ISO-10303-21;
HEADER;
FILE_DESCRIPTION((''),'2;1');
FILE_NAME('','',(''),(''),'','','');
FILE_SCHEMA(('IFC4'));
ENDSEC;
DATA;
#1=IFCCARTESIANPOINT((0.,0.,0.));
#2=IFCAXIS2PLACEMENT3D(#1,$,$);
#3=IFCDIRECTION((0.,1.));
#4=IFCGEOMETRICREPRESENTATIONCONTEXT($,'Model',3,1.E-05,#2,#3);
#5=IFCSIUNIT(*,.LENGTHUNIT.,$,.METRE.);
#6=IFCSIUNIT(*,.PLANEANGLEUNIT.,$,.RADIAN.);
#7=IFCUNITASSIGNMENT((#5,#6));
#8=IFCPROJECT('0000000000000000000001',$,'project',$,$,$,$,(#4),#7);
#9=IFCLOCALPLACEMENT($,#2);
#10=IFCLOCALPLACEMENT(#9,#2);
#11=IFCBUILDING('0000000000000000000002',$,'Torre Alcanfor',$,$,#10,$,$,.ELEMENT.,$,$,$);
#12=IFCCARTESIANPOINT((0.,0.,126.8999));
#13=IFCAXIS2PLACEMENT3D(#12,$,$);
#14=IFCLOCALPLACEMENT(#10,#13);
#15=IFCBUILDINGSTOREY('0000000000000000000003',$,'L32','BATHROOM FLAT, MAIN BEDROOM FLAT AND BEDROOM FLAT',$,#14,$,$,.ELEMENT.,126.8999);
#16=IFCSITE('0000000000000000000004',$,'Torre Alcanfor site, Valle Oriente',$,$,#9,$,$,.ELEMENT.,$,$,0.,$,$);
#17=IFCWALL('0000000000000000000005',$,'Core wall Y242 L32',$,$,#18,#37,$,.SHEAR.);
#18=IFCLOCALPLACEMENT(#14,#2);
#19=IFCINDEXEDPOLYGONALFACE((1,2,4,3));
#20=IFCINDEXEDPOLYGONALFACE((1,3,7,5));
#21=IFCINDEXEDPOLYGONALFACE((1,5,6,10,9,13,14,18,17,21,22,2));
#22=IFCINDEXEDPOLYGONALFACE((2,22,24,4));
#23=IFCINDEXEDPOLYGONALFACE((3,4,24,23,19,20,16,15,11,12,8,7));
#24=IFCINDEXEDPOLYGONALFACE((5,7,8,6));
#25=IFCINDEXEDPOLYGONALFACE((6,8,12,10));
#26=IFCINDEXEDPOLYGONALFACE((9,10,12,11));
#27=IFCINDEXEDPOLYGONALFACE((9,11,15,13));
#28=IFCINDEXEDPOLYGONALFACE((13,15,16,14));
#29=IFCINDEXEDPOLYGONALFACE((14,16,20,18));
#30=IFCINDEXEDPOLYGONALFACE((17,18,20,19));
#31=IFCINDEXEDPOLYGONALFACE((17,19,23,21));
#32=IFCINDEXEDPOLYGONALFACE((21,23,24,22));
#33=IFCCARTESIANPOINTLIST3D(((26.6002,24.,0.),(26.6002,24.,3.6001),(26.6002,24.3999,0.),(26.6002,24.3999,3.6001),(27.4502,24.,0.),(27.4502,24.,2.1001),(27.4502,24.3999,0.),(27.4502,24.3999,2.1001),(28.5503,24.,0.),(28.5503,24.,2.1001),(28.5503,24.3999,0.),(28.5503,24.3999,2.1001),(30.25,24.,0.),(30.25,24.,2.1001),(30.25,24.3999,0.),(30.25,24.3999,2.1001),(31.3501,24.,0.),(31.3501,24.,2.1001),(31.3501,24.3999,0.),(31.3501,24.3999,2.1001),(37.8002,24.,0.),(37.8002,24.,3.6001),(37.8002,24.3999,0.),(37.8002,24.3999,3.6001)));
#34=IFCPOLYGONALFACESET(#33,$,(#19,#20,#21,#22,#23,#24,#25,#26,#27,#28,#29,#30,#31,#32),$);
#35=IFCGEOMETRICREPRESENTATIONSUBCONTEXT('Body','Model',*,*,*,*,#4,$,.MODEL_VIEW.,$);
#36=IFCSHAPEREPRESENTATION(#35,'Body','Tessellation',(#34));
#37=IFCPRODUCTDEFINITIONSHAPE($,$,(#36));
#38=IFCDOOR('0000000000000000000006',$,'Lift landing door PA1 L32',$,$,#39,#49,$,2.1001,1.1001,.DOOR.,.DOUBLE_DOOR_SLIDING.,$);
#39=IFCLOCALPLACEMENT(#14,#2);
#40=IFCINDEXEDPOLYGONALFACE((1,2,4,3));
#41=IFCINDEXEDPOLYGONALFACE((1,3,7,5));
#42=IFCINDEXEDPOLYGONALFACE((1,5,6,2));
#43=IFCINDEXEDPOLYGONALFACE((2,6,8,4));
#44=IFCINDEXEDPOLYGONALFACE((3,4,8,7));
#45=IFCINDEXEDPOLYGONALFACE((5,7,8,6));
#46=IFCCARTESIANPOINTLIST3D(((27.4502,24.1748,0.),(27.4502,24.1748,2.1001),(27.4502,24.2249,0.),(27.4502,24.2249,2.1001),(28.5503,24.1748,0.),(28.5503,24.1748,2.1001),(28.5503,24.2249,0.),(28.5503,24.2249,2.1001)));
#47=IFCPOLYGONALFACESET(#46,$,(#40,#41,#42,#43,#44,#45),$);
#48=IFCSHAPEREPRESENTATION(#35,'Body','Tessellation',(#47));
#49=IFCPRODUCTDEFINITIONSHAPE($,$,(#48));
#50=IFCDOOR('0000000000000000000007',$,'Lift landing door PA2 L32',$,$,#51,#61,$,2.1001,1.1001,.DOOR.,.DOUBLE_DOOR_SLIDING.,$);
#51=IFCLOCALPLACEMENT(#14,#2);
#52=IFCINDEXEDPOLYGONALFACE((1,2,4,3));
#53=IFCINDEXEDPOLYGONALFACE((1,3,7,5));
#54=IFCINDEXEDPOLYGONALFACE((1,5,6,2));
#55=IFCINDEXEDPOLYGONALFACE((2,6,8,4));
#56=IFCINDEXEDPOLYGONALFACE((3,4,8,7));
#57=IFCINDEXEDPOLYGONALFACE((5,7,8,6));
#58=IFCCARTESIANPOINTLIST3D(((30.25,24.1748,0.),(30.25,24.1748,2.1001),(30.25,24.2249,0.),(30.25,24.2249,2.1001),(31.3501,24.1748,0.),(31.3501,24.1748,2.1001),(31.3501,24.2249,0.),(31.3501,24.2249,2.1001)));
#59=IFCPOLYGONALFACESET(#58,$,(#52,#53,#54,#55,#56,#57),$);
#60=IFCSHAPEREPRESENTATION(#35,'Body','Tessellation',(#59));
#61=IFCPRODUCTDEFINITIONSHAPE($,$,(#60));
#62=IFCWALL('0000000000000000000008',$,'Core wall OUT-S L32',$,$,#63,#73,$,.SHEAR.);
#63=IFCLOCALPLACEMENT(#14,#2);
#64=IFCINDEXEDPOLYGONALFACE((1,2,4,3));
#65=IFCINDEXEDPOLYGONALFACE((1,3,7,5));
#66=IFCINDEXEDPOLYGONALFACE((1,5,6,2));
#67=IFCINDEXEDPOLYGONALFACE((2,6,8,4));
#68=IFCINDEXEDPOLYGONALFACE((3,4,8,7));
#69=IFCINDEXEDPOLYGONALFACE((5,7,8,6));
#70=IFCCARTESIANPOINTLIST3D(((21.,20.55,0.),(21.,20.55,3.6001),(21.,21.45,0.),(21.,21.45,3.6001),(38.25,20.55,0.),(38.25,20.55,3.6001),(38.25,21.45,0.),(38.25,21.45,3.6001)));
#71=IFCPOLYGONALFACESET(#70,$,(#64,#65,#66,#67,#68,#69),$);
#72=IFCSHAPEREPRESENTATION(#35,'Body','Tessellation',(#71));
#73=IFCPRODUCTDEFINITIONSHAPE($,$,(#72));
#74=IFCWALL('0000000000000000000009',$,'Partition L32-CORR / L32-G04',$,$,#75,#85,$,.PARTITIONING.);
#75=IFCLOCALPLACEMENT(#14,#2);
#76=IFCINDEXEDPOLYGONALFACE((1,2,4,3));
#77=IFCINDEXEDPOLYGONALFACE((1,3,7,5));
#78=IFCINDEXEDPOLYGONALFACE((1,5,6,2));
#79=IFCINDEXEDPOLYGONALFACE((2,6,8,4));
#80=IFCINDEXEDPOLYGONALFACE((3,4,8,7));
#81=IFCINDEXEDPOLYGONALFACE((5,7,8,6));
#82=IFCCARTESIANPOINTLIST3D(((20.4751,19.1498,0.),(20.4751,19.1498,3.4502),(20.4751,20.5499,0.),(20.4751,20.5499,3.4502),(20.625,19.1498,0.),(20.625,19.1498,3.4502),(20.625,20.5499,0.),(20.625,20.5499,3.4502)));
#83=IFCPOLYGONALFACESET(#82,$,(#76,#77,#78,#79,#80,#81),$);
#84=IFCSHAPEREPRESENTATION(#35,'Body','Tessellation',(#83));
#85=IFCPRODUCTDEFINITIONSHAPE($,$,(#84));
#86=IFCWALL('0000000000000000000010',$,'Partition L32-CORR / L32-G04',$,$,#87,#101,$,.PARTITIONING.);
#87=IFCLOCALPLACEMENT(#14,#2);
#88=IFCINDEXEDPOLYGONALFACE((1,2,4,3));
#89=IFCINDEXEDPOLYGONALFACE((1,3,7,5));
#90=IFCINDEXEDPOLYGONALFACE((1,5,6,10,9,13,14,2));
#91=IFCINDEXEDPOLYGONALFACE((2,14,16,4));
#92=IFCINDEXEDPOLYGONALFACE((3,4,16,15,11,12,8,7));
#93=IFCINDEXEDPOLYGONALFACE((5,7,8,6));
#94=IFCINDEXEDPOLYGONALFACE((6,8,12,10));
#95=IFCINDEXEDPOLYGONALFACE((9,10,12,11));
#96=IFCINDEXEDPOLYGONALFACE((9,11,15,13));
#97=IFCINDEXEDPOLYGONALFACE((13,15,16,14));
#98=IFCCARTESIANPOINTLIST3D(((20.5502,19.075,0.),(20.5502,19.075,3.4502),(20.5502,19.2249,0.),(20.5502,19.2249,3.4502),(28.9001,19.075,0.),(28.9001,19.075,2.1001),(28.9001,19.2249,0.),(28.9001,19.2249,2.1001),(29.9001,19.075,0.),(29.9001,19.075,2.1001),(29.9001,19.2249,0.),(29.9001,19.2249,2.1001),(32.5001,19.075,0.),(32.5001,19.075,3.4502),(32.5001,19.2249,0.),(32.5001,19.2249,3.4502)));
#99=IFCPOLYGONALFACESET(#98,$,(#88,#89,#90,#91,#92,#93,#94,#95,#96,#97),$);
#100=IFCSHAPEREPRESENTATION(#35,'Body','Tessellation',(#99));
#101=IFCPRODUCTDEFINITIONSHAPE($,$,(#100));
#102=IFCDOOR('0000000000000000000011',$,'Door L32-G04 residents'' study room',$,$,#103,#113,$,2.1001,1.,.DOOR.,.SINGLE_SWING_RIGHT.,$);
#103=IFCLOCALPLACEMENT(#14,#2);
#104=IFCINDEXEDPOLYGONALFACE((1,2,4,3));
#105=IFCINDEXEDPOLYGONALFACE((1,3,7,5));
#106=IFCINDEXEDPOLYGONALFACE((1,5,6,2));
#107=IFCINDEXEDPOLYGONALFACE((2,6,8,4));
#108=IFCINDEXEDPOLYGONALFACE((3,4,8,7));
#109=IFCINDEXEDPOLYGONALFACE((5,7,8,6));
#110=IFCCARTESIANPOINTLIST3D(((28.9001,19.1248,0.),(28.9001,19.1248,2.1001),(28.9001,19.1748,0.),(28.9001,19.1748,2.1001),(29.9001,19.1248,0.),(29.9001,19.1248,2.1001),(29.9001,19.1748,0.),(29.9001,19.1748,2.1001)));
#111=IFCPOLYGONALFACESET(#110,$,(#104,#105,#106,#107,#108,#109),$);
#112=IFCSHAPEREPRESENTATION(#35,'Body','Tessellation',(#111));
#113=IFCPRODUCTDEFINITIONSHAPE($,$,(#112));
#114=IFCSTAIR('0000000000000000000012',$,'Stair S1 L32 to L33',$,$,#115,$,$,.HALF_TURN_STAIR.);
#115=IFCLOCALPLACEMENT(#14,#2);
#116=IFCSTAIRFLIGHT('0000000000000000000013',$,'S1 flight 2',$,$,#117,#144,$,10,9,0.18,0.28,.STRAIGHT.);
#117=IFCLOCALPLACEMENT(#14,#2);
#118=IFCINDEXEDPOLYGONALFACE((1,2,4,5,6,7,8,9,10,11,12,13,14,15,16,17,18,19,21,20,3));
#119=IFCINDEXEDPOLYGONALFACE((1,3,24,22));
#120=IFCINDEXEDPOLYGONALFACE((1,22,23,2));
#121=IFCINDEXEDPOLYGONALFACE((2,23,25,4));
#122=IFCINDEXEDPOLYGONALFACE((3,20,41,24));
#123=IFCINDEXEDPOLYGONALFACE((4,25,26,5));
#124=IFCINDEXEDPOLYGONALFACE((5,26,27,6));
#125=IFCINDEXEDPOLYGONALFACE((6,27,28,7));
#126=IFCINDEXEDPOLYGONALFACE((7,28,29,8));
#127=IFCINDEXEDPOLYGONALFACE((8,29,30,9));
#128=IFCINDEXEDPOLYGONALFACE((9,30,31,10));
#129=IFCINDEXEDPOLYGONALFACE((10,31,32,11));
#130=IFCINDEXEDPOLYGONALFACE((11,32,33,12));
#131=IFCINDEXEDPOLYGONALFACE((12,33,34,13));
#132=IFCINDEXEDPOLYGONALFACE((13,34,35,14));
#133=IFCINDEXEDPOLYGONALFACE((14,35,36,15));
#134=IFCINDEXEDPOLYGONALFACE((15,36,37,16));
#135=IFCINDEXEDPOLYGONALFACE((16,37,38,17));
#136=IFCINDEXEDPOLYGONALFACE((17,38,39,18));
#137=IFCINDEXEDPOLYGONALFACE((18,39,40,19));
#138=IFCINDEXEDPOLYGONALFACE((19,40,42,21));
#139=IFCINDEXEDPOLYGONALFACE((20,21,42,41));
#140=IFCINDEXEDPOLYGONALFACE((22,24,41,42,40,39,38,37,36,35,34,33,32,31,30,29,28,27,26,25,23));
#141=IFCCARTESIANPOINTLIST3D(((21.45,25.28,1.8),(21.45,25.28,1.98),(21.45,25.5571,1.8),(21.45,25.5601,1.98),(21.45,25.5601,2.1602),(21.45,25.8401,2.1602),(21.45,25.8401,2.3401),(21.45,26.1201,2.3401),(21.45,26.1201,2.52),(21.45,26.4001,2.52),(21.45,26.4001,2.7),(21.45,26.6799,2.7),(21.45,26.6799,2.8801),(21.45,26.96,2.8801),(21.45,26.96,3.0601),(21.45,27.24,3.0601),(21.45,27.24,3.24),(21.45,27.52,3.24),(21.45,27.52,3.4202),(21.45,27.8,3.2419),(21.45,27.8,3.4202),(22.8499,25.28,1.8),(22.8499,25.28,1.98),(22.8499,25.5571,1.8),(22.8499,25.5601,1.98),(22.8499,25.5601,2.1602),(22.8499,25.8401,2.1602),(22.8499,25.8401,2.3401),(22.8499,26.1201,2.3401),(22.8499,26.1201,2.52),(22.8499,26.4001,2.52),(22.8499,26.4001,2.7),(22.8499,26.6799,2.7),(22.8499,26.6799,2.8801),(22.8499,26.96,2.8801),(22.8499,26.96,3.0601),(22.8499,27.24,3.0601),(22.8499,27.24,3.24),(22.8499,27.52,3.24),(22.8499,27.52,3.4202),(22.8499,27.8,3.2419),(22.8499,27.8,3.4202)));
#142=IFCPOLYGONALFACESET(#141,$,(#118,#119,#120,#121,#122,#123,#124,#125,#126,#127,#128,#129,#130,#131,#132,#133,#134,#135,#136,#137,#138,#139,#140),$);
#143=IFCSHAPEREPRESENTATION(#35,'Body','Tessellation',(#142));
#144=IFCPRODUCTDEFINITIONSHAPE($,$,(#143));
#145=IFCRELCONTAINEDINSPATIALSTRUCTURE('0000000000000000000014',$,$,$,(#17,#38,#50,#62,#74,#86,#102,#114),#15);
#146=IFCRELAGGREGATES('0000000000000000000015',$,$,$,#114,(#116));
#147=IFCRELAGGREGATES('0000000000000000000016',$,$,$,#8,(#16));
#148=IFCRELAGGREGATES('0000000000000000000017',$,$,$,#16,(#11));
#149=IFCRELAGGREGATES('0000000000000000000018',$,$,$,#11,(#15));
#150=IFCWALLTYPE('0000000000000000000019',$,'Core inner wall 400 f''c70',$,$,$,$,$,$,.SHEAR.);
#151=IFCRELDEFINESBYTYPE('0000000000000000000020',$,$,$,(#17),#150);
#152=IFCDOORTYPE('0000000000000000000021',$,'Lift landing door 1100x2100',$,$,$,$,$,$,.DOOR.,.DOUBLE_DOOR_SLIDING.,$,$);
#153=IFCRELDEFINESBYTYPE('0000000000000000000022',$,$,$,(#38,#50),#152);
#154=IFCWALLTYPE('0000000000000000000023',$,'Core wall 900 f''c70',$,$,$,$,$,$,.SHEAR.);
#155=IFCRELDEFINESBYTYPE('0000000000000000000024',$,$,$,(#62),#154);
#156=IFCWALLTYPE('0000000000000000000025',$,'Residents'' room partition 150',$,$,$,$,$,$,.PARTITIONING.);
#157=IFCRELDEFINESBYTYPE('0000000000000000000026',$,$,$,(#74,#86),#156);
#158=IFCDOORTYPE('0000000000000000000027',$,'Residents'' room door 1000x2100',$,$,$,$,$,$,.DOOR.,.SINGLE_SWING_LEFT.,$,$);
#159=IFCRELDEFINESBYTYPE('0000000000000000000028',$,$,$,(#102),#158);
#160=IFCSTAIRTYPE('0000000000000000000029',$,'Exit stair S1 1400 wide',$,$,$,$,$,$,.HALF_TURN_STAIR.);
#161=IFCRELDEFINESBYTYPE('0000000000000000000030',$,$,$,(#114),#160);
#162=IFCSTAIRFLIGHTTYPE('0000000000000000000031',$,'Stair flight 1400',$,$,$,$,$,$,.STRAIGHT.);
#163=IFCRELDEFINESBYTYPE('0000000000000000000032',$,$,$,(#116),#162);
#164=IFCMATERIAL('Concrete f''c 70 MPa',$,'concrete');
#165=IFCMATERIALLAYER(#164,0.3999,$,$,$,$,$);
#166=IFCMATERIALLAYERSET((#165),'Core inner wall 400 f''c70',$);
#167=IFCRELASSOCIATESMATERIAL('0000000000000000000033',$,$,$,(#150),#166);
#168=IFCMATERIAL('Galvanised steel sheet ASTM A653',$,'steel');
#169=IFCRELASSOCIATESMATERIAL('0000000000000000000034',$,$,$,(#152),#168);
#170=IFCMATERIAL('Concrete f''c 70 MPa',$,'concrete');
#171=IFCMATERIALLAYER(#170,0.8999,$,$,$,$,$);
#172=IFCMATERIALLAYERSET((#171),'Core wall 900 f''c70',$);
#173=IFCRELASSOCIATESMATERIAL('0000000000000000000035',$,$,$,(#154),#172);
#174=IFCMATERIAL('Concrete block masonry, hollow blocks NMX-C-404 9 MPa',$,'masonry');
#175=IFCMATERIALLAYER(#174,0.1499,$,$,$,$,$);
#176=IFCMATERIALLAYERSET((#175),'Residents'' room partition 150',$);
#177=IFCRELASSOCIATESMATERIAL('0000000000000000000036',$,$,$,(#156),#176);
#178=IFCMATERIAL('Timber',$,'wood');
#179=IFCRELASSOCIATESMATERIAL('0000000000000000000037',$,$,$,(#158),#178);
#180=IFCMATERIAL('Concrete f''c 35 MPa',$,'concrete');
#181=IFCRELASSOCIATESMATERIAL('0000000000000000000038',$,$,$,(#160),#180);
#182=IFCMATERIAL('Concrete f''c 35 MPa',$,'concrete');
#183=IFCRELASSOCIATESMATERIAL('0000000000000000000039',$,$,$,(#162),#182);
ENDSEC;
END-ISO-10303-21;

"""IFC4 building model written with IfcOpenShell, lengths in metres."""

from ifc_helpers import new_model, si_unit, direction, frame, frame_2d, origin, place, context, subcontext, project, spatial, polyline, rectangle, outline, extrude, material, layer, layer_set, type_object, element, fill, aggregate, save


model = new_model("IFC4")

# Units and contexts
model_context = context("Model", 3, precision=1e-05, world=origin(), true_north=direction((0.0, 1.0)))
body_context = subcontext(model_context, "Body", "Model", "MODEL_VIEW")
ifc_project = project(units=[si_unit("LENGTHUNIT", "METRE"), si_unit("PLANEANGLEUNIT", "RADIAN")], contexts=[model_context])

# Site, building, storey
site_placement = place(None, origin())
site = spatial("IfcSite", under=ifc_project, at=site_placement, Name="Torre Alcanfor site, Valle Oriente", CompositionType="ELEMENT", RefElevation=0.0)
building_placement = place(site_placement, origin())
building = spatial("IfcBuilding", under=site, at=building_placement, Name="Torre Alcanfor", CompositionType="ELEMENT")
storey_placement = place(building_placement, frame((0.0, 0.0, 126.8999)))
storey = spatial("IfcBuildingStorey", under=building, at=storey_placement, Name="L32", Description="BATHROOM FLAT, MAIN BEDROOM FLAT AND BEDROOM FLAT", CompositionType="ELEMENT", Elevation=126.8999)

# Shared definitions
ifc_material_1 = material(Name="Concrete f'c 70 MPa", Category="concrete")
ifc_layer_1 = layer(ifc_material_1, 0.3999)
ifc_layer_set_1 = layer_set([ifc_layer_1], Name="Core inner wall 400 f'c70")
wall_type_1 = type_object("IfcWallType", Name="Core inner wall 400 f'c70", PredefinedType="SHEAR", material=ifc_layer_set_1)

# Wall, openings, doors
wall_1_placement = place(storey_placement, frame((26.6001, 24.2, 0.0), z_axis=(0.0, 0.0, 1.0), x_axis=(1.0, 0.0, 0.0)))
wall_1 = element("IfcWall", 1, at=wall_1_placement, inside=storey, type_object=wall_type_1, Name="Core wall Y242 L32", PredefinedType="SHEAR", context=body_context, shape_type="SweptSolid", body=[
    extrude(rectangle(XDim=11.2, YDim=0.3999, at=frame_2d((5.6001, 0.0))), origin(), (0.0, 0.0, 1.0), 3.6001),
])
opening_1_placement = place(wall_1_placement, frame((0.8501, 0.0, 0.0)))
opening_1 = element("IfcOpeningElement", 2, at=opening_1_placement, cuts=wall_1, PredefinedType="OPENING", context=body_context, shape_type="SweptSolid", body=[
    extrude(rectangle(XDim=1.1001, YDim=2.1001, at=frame_2d((0.55, 1.05))), frame((0.0, 0.21, 0.0), z_axis=(0.0, -1.0, 0.0), x_axis=(1.0, 0.0, 0.0)), (0.0, 0.0, 1.0), 0.4199),
])
opening_2_placement = place(wall_1_placement, frame((3.6499, 0.0, 0.0)))
opening_2 = element("IfcOpeningElement", 3, at=opening_2_placement, cuts=wall_1, PredefinedType="OPENING", context=body_context, shape_type="SweptSolid", body=[
    extrude(rectangle(XDim=1.1001, YDim=2.1001, at=frame_2d((0.55, 1.05))), frame((0.0, 0.21, 0.0), z_axis=(0.0, -1.0, 0.0), x_axis=(1.0, 0.0, 0.0)), (0.0, 0.0, 1.0), 0.4199),
])
ifc_material_2 = material(Name="Galvanised steel sheet ASTM A653", Category="steel")
door_type_1 = type_object("IfcDoorType", Name="Lift landing door 1100x2100", OperationType="DOUBLE_DOOR_SLIDING", PredefinedType="DOOR", material=ifc_material_2)
door_1_placement = place(opening_1_placement, origin())
door_1 = element("IfcDoor", 4, at=door_1_placement, inside=storey, type_object=door_type_1, Name="Lift landing door PA1 L32", OperationType="DOUBLE_DOOR_SLIDING", OverallHeight=2.1001, OverallWidth=1.1001, PredefinedType="DOOR", context=body_context, shape_type="SweptSolid", body=[
    extrude(rectangle(XDim=1.1001, YDim=2.1001, at=frame_2d((0.55, 1.05))), frame((0.0, 0.0249, 0.0), z_axis=(0.0, -1.0, 0.0), x_axis=(1.0, 0.0, 0.0)), (0.0, 0.0, 1.0), 0.05),
])
fill(opening_1, door_1)
door_2_placement = place(opening_2_placement, origin())
door_2 = element("IfcDoor", 5, at=door_2_placement, inside=storey, type_object=door_type_1, Name="Lift landing door PA2 L32", OperationType="DOUBLE_DOOR_SLIDING", OverallHeight=2.1001, OverallWidth=1.1001, PredefinedType="DOOR", context=body_context, shape_type="SweptSolid", body=[
    extrude(rectangle(XDim=1.1001, YDim=2.1001, at=frame_2d((0.55, 1.05))), frame((0.0, 0.0249, 0.0), z_axis=(0.0, -1.0, 0.0), x_axis=(1.0, 0.0, 0.0)), (0.0, 0.0, 1.0), 0.05),
])
fill(opening_2, door_2)

# Walls
ifc_material_3 = material(Name="Concrete f'c 70 MPa", Category="concrete")
ifc_layer_2 = layer(ifc_material_3, 0.8999)
ifc_layer_set_2 = layer_set([ifc_layer_2], Name="Core wall 900 f'c70")
wall_type_2 = type_object("IfcWallType", Name="Core wall 900 f'c70", PredefinedType="SHEAR", material=ifc_layer_set_2)
wall_2_placement = place(storey_placement, frame((21.0, 21.0, 0.0), z_axis=(0.0, 0.0, 1.0), x_axis=(1.0, 0.0, 0.0)))
element("IfcWall", 6, at=wall_2_placement, inside=storey, type_object=wall_type_2, Name="Core wall OUT-S L32", PredefinedType="SHEAR", context=body_context, shape_type="SweptSolid", body=[
    extrude(rectangle(XDim=17.25, YDim=0.8999, at=frame_2d((8.625, 0.0))), origin(), (0.0, 0.0, 1.0), 3.6001),
])
ifc_material_4 = material(Name="Concrete block masonry, hollow blocks NMX-C-404 9 MPa", Category="masonry")
ifc_layer_3 = layer(ifc_material_4, 0.1499)
ifc_layer_set_3 = layer_set([ifc_layer_3], Name="Residents' room partition 150")
wall_type_3 = type_object("IfcWallType", Name="Residents' room partition 150", PredefinedType="PARTITIONING", material=ifc_layer_set_3)
wall_3_placement = place(storey_placement, frame((20.55, 20.55, 0.0), z_axis=(0.0, 0.0, 1.0), x_axis=(0.0, -1.0, 0.0)))
element("IfcWall", 7, at=wall_3_placement, inside=storey, type_object=wall_type_3, Name="Partition L32-CORR / L32-G04", PredefinedType="PARTITIONING", context=body_context, shape_type="SweptSolid", body=[
    extrude(rectangle(XDim=1.4001, YDim=0.1499, at=frame_2d((0.7002, 0.0))), origin(), (0.0, 0.0, 1.0), 3.4502),
])

# Wall, opening, door
wall_4_placement = place(storey_placement, frame((20.55, 19.1499, 0.0), z_axis=(0.0, 0.0, 1.0), x_axis=(1.0, 0.0, 0.0)))
wall_4 = element("IfcWall", 8, at=wall_4_placement, inside=storey, type_object=wall_type_3, Name="Partition L32-CORR / L32-G04", PredefinedType="PARTITIONING", context=body_context, shape_type="SweptSolid", body=[
    extrude(rectangle(XDim=11.95, YDim=0.1499, at=frame_2d((5.9751, 0.0))), origin(), (0.0, 0.0, 1.0), 3.4502),
])
opening_3_placement = place(wall_4_placement, frame((8.3501, 0.0, 0.0)))
opening_3 = element("IfcOpeningElement", 9, at=opening_3_placement, cuts=wall_4, PredefinedType="OPENING", context=body_context, shape_type="SweptSolid", body=[
    extrude(rectangle(XDim=1.0, YDim=2.1001, at=frame_2d((0.5, 1.05))), frame((0.0, 0.085, 0.0), z_axis=(0.0, -1.0, 0.0), x_axis=(1.0, 0.0, 0.0)), (0.0, 0.0, 1.0), 0.1699),
])
ifc_material_5 = material(Name="Timber", Category="wood")
door_type_2 = type_object("IfcDoorType", Name="Residents' room door 1000x2100", OperationType="SINGLE_SWING_LEFT", PredefinedType="DOOR", material=ifc_material_5)
door_3_placement = place(opening_3_placement, origin())
door_3 = element("IfcDoor", 10, at=door_3_placement, inside=storey, type_object=door_type_2, Name="Door L32-G04 residents' study room", OperationType="SINGLE_SWING_RIGHT", OverallHeight=2.1001, OverallWidth=1.0, PredefinedType="DOOR", context=body_context, shape_type="SweptSolid", body=[
    extrude(rectangle(XDim=1.0, YDim=2.1001, at=frame_2d((0.5, 1.05))), frame((0.0, 0.0249, 0.0), z_axis=(0.0, -1.0, 0.0), x_axis=(1.0, 0.0, 0.0)), (0.0, 0.0, 1.0), 0.05),
])
fill(opening_3, door_3)

# Stair, stair flight
ifc_material_6 = material(Name="Concrete f'c 35 MPa", Category="concrete")
stair_type = type_object("IfcStairType", Name="Exit stair S1 1400 wide", PredefinedType="HALF_TURN_STAIR", material=ifc_material_6)
stair_placement = place(storey_placement, origin())
stair = element("IfcStair", 11, at=stair_placement, inside=storey, type_object=stair_type, Name="Stair S1 L32 to L33", PredefinedType="HALF_TURN_STAIR")
ifc_material_7 = material(Name="Concrete f'c 35 MPa", Category="concrete")
stair_flight_type = type_object("IfcStairFlightType", Name="Stair flight 1400", PredefinedType="STRAIGHT", material=ifc_material_7)
stair_flight_placement = place(storey_placement, frame((22.1499, 25.28, 1.8), z_axis=(0.0, 0.0, 1.0), x_axis=(0.0, 1.0, 0.0)))
stair_flight = element("IfcStairFlight", 12, at=stair_flight_placement, type_object=stair_flight_type, Name="S1 flight 2", NumberOfRisers=10, NumberOfTreads=9, PredefinedType="STRAIGHT", RiserHeight=0.18, TreadLength=0.28, context=body_context, shape_type="SweptSolid", body=[
    extrude(outline(polyline([(0.0, 0.0), (0.0, 0.1799), (0.28, 0.1799), (0.28, 0.3601), (0.5601, 0.3601), (0.5601, 0.54), (0.8401, 0.54), (0.8401, 0.72), (1.1201, 0.72), (1.1201, 0.8999), (1.3999, 0.8999), (1.3999, 1.0801), (1.6799, 1.0801), (1.6799, 1.26), (1.96, 1.26), (1.96, 1.4399), (2.24, 1.4399), (2.24, 1.6201), (2.52, 1.6201), (2.52, 1.8), (2.52, 1.4419), (0.2771, 0.0), (0.0, 0.0)])), frame((0.0, 0.7, 0.0), z_axis=(0.0, -1.0, 0.0), x_axis=(1.0, 0.0, 0.0)), (0.0, 0.0, 1.0), 1.3999),
])
aggregate(stair, [stair_flight])

save(model, "model.ifc")
